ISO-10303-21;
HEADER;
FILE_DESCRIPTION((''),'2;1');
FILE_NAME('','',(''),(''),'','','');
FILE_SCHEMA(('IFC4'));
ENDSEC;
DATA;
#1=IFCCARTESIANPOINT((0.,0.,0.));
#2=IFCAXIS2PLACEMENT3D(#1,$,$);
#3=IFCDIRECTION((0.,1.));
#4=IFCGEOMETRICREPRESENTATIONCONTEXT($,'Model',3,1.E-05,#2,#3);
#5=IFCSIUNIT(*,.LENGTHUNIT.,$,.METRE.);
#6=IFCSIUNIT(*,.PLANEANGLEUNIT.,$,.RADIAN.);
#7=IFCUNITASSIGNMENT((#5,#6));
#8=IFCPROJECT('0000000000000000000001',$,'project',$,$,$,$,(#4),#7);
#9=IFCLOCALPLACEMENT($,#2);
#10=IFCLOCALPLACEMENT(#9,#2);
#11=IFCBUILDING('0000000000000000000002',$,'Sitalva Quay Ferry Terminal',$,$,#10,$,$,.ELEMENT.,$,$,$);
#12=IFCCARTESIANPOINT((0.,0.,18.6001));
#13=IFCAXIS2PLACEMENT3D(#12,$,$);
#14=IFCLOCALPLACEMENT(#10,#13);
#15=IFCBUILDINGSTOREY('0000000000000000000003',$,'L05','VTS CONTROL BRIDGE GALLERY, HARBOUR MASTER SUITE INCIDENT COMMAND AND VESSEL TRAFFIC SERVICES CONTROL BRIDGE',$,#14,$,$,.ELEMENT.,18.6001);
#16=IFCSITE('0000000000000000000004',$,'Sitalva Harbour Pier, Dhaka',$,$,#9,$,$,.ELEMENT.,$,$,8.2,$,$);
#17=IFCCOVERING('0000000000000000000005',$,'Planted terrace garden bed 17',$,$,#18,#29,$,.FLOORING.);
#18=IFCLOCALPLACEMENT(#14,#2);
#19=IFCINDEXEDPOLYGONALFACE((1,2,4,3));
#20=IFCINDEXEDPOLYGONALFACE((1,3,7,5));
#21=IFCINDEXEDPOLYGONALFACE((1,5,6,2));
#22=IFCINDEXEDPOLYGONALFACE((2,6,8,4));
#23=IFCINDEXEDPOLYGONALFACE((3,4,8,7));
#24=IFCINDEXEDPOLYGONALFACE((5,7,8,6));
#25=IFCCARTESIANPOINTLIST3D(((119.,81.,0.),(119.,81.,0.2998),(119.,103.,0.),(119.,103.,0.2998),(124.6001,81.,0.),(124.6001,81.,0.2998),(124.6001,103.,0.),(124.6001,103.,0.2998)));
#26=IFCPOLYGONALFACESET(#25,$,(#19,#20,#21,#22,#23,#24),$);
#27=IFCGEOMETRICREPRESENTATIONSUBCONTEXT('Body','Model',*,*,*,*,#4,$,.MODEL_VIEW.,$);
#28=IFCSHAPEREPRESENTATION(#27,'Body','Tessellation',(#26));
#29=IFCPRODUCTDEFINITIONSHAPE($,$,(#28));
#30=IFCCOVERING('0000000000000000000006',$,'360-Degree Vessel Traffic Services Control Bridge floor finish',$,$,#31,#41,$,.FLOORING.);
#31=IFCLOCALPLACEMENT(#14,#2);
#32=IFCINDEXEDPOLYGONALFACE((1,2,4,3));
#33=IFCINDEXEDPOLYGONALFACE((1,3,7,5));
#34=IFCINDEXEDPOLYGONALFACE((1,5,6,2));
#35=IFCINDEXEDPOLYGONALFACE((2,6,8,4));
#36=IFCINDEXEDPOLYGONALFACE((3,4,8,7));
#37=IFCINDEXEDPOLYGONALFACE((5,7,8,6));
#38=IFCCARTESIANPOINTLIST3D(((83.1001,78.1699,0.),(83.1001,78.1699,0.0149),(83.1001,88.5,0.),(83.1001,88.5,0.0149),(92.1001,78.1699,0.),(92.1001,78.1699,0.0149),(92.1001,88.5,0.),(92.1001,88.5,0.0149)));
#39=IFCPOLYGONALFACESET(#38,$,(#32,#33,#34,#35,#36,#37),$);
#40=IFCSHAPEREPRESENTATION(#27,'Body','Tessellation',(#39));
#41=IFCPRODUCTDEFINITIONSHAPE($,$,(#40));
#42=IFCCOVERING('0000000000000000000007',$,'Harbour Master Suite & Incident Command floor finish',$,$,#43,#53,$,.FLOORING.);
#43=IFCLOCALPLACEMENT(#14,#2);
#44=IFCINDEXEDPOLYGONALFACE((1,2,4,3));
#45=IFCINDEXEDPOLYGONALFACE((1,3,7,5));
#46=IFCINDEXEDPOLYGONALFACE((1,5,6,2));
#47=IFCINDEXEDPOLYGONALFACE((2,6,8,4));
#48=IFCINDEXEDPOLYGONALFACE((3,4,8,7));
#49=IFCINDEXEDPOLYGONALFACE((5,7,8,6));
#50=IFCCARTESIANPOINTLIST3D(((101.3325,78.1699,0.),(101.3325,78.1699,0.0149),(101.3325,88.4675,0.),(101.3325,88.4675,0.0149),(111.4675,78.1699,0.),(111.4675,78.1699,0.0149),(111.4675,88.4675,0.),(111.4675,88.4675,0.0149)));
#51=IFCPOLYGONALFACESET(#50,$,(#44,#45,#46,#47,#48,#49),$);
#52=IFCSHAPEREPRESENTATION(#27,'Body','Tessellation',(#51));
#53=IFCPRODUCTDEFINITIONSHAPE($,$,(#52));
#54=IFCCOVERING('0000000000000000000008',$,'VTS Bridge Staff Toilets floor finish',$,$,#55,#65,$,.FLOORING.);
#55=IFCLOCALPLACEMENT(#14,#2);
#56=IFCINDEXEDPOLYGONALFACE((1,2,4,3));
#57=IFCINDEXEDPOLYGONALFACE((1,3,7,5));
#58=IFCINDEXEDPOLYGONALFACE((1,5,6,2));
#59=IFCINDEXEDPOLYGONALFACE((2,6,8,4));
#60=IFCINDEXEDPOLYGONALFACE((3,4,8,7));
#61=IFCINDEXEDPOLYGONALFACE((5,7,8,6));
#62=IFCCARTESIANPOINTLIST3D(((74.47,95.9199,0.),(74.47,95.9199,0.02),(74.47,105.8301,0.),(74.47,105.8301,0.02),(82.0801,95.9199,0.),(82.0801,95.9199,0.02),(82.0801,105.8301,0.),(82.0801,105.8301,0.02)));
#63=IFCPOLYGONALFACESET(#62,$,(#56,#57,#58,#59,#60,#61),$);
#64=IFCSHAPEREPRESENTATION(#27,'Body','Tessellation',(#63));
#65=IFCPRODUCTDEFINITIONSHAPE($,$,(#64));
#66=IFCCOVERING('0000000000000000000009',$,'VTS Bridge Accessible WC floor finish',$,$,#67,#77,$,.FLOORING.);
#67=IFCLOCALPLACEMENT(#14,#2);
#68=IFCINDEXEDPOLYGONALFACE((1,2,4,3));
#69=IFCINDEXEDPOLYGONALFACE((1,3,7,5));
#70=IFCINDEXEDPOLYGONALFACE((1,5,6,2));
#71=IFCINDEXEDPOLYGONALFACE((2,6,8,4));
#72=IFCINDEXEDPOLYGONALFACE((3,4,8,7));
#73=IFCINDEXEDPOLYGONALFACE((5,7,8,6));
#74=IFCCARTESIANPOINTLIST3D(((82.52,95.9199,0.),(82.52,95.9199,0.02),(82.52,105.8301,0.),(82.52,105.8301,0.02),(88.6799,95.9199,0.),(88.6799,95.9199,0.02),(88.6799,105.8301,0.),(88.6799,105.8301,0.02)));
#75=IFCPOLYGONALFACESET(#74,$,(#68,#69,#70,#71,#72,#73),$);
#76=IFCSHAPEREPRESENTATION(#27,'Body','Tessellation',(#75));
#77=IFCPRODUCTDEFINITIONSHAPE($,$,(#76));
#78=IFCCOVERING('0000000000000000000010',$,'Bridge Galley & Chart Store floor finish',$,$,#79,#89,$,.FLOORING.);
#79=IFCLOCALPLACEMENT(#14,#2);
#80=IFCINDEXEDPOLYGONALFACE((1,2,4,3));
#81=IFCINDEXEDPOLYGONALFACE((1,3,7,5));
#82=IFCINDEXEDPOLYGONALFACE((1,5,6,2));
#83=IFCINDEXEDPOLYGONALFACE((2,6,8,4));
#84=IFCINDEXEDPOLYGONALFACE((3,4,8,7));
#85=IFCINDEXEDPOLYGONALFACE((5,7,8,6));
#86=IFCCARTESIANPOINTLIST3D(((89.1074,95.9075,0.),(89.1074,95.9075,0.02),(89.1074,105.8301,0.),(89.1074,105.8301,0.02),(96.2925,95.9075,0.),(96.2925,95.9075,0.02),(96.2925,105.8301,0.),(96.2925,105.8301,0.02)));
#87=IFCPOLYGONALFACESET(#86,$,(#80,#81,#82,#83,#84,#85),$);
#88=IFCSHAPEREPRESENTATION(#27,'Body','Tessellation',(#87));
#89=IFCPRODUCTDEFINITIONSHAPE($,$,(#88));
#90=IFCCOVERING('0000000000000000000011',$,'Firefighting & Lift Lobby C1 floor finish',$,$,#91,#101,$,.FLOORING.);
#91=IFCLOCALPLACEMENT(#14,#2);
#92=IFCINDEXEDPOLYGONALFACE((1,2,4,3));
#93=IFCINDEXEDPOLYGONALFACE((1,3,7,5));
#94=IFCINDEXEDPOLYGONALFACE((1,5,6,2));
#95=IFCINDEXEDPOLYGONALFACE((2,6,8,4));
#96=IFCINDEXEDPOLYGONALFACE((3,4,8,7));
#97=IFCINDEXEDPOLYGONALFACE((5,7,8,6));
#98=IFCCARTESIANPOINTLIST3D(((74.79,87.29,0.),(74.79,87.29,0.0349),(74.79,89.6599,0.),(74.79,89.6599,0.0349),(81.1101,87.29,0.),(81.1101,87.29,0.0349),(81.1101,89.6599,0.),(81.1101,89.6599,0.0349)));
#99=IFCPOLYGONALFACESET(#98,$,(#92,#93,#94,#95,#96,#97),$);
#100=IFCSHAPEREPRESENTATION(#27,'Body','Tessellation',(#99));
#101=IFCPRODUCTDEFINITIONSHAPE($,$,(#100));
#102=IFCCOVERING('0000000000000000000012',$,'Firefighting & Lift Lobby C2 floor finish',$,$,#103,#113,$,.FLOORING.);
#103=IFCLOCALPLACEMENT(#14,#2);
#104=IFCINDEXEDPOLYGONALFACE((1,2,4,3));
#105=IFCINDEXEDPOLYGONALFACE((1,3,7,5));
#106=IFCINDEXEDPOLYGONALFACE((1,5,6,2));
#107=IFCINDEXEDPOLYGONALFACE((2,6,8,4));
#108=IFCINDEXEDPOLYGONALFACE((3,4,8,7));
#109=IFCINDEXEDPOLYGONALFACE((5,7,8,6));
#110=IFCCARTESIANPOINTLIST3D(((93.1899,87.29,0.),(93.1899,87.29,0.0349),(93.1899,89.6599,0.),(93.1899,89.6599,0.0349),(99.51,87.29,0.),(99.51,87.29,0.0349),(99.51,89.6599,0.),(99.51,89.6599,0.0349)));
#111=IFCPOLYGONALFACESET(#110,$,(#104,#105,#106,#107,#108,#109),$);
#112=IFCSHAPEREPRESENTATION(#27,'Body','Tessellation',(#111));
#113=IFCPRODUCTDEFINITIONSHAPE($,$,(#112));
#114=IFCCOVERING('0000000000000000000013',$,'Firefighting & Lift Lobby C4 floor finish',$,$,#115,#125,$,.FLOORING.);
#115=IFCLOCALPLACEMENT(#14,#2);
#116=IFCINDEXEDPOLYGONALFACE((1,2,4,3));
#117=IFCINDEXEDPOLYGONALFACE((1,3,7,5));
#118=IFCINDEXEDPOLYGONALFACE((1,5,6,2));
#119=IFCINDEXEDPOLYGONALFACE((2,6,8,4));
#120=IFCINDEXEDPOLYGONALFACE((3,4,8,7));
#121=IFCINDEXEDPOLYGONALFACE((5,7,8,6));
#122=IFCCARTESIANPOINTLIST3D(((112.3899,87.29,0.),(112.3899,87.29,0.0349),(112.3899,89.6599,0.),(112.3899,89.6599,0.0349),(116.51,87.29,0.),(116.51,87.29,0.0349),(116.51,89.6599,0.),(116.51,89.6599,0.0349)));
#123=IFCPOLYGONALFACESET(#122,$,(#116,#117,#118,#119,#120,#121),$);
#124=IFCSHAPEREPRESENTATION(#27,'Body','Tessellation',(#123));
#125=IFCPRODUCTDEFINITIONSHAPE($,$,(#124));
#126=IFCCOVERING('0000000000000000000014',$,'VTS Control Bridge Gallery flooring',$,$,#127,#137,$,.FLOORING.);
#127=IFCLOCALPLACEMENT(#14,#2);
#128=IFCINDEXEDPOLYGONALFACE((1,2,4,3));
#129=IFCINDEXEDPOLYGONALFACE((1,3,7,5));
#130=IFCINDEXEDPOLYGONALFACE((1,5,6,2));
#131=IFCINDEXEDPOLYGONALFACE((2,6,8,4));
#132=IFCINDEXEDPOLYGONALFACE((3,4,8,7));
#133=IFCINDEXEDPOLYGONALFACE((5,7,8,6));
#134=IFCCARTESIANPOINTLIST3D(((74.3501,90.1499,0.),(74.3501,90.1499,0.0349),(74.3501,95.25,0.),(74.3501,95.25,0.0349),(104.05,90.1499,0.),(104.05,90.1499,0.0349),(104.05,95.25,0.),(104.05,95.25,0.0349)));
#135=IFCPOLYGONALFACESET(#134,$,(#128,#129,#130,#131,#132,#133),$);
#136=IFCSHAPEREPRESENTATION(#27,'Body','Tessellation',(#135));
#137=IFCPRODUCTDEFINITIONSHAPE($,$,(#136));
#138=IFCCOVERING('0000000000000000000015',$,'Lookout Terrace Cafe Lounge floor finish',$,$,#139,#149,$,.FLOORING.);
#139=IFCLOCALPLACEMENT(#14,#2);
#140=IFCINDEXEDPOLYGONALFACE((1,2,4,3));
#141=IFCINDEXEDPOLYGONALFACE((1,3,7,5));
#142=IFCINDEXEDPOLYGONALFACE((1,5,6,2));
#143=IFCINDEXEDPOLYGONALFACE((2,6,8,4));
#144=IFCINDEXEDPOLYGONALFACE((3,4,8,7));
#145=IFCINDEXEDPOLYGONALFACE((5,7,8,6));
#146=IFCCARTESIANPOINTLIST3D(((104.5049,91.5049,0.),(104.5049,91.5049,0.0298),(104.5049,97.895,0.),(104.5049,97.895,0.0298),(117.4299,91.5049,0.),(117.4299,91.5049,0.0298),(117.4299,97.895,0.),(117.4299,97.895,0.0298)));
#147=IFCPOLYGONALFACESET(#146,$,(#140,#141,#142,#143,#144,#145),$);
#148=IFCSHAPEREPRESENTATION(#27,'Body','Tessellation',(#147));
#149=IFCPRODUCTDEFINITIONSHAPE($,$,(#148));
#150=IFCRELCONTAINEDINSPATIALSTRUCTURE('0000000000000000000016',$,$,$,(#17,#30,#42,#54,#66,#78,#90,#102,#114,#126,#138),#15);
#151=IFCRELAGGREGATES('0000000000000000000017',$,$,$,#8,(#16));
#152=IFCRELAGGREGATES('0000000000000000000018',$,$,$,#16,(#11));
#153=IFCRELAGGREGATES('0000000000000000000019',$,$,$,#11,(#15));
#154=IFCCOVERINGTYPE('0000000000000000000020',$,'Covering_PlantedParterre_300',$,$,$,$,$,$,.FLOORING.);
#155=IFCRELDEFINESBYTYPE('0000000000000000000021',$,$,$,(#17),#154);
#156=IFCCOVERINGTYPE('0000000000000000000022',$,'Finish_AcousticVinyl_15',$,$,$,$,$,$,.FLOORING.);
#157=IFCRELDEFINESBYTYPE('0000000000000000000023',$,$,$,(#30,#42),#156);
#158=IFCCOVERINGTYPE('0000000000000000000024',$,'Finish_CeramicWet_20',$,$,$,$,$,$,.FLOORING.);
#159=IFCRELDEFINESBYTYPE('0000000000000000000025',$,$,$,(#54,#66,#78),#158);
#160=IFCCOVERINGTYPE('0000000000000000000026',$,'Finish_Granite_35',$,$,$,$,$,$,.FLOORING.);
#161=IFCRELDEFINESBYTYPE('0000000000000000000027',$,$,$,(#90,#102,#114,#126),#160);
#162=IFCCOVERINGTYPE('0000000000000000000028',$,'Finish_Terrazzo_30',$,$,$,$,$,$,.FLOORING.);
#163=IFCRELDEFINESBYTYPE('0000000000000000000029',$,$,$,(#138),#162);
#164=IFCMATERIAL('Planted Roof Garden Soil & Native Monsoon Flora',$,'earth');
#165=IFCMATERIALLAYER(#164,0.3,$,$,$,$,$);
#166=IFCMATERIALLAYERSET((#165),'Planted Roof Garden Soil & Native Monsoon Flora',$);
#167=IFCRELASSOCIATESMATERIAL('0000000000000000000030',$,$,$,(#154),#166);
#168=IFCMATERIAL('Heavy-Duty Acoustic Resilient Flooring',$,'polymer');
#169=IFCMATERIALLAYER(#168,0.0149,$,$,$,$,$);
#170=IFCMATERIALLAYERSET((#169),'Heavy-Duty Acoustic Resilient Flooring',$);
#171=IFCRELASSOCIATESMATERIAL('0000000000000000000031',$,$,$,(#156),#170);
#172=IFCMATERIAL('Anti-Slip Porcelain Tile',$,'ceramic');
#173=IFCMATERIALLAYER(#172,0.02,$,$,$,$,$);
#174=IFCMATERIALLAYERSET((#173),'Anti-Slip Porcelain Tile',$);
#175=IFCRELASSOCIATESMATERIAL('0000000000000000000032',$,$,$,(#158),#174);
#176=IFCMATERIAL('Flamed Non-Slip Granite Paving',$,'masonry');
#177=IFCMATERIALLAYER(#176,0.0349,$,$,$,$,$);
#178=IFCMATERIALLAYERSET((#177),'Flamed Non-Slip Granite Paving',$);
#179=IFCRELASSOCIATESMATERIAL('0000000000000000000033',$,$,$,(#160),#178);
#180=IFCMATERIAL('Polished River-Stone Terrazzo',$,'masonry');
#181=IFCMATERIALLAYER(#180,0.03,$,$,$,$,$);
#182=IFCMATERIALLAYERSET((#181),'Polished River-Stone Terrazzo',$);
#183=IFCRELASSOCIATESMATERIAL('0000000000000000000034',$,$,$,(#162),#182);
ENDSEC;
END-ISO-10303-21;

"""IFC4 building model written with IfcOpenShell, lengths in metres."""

from ifc_helpers import new_model, si_unit, direction, frame, origin, place, context, subcontext, project, spatial, polyline, outline, extrude, material, layer, layer_set, type_object, element, save


model = new_model("IFC4")

# Units and contexts
model_context = context("Model", 3, precision=1e-05, world=origin(), true_north=direction((0.0, 1.0)))
body_context = subcontext(model_context, "Body", "Model", "MODEL_VIEW")
ifc_project = project(units=[si_unit("LENGTHUNIT", "METRE"), si_unit("PLANEANGLEUNIT", "RADIAN")], contexts=[model_context])

# Site, building, storey
site_placement = place(None, origin())
site = spatial("IfcSite", under=ifc_project, at=site_placement, Name="Sitalva Harbour Pier, Dhaka", CompositionType="ELEMENT", RefElevation=8.2)
building_placement = place(site_placement, origin())
building = spatial("IfcBuilding", under=site, at=building_placement, Name="Sitalva Quay Ferry Terminal", CompositionType="ELEMENT")
storey_placement = place(building_placement, frame((0.0, 0.0, 18.6001)))
storey = spatial("IfcBuildingStorey", under=building, at=storey_placement, Name="L05", Description="VTS CONTROL BRIDGE GALLERY, HARBOUR MASTER SUITE INCIDENT COMMAND AND VESSEL TRAFFIC SERVICES CONTROL BRIDGE", CompositionType="ELEMENT", Elevation=18.6001)

# Coverings
ifc_material_1 = material(Name="Planted Roof Garden Soil & Native Monsoon Flora", Category="earth")
ifc_layer_1 = layer(ifc_material_1, 0.3)
ifc_layer_set_1 = layer_set([ifc_layer_1], Name="Planted Roof Garden Soil & Native Monsoon Flora")
covering_type_1 = type_object("IfcCoveringType", Name="Covering_PlantedParterre_300", PredefinedType="FLOORING", material=ifc_layer_set_1)
covering_1_placement = place(storey_placement, origin())
element("IfcCovering", 1, at=covering_1_placement, inside=storey, type_object=covering_type_1, Name="Planted terrace garden bed 17", PredefinedType="FLOORING", context=body_context, shape_type="SweptSolid", body=[
    extrude(outline(polyline([(119.0, 81.0), (124.6001, 81.0), (124.6001, 103.0), (119.0, 103.0), (119.0, 81.0)])), origin(), (0.0, 0.0, 1.0), 0.2998),
])
ifc_material_2 = material(Name="Heavy-Duty Acoustic Resilient Flooring", Category="polymer")
ifc_layer_2 = layer(ifc_material_2, 0.0149)
ifc_layer_set_2 = layer_set([ifc_layer_2], Name="Heavy-Duty Acoustic Resilient Flooring")
covering_type_2 = type_object("IfcCoveringType", Name="Finish_AcousticVinyl_15", PredefinedType="FLOORING", material=ifc_layer_set_2)
covering_2_placement = place(storey_placement, origin())
element("IfcCovering", 2, at=covering_2_placement, inside=storey, type_object=covering_type_2, Name="360-Degree Vessel Traffic Services Control Bridge floor finish", PredefinedType="FLOORING", context=body_context, shape_type="SweptSolid", body=[
    extrude(outline(polyline([(83.1001, 78.1699), (92.1001, 78.1699), (92.1001, 88.5), (83.1001, 88.5), (83.1001, 78.1699)])), origin(), (0.0, 0.0, 1.0), 0.0149),
])
covering_3_placement = place(storey_placement, origin())
element("IfcCovering", 3, at=covering_3_placement, inside=storey, type_object=covering_type_2, Name="Harbour Master Suite & Incident Command floor finish", PredefinedType="FLOORING", context=body_context, shape_type="SweptSolid", body=[
    extrude(outline(polyline([(101.3325, 78.1699), (111.4675, 78.1699), (111.4675, 88.4675), (101.3325, 88.4675), (101.3325, 78.1699)])), origin(), (0.0, 0.0, 1.0), 0.0149),
])
ifc_material_3 = material(Name="Anti-Slip Porcelain Tile", Category="ceramic")
ifc_layer_3 = layer(ifc_material_3, 0.02)
ifc_layer_set_3 = layer_set([ifc_layer_3], Name="Anti-Slip Porcelain Tile")
covering_type_3 = type_object("IfcCoveringType", Name="Finish_CeramicWet_20", PredefinedType="FLOORING", material=ifc_layer_set_3)
covering_4_placement = place(storey_placement, origin())
element("IfcCovering", 4, at=covering_4_placement, inside=storey, type_object=covering_type_3, Name="VTS Bridge Staff Toilets floor finish", PredefinedType="FLOORING", context=body_context, shape_type="SweptSolid", body=[
    extrude(outline(polyline([(74.47, 95.9199), (82.0801, 95.9199), (82.0801, 105.8301), (74.47, 105.8301), (74.47, 95.9199)])), origin(), (0.0, 0.0, 1.0), 0.02),
])
covering_5_placement = place(storey_placement, origin())
element("IfcCovering", 5, at=covering_5_placement, inside=storey, type_object=covering_type_3, Name="VTS Bridge Accessible WC floor finish", PredefinedType="FLOORING", context=body_context, shape_type="SweptSolid", body=[
    extrude(outline(polyline([(82.52, 95.9199), (88.6799, 95.9199), (88.6799, 105.8301), (82.52, 105.8301), (82.52, 95.9199)])), origin(), (0.0, 0.0, 1.0), 0.02),
])
covering_6_placement = place(storey_placement, origin())
element("IfcCovering", 6, at=covering_6_placement, inside=storey, type_object=covering_type_3, Name="Bridge Galley & Chart Store floor finish", PredefinedType="FLOORING", context=body_context, shape_type="SweptSolid", body=[
    extrude(outline(polyline([(89.1074, 95.9075), (96.2925, 95.9075), (96.2925, 105.8301), (89.1074, 105.8301), (89.1074, 95.9075)])), origin(), (0.0, 0.0, 1.0), 0.02),
])
ifc_material_4 = material(Name="Flamed Non-Slip Granite Paving", Category="masonry")
ifc_layer_4 = layer(ifc_material_4, 0.0349)
ifc_layer_set_4 = layer_set([ifc_layer_4], Name="Flamed Non-Slip Granite Paving")
covering_type_4 = type_object("IfcCoveringType", Name="Finish_Granite_35", PredefinedType="FLOORING", material=ifc_layer_set_4)
covering_7_placement = place(storey_placement, origin())
element("IfcCovering", 7, at=covering_7_placement, inside=storey, type_object=covering_type_4, Name="Firefighting & Lift Lobby C1 floor finish", PredefinedType="FLOORING", context=body_context, shape_type="SweptSolid", body=[
    extrude(outline(polyline([(74.79, 87.29), (81.1101, 87.29), (81.1101, 89.6599), (74.79, 89.6599), (74.79, 87.29)])), origin(), (0.0, 0.0, 1.0), 0.0349),
])
covering_8_placement = place(storey_placement, origin())
element("IfcCovering", 8, at=covering_8_placement, inside=storey, type_object=covering_type_4, Name="Firefighting & Lift Lobby C2 floor finish", PredefinedType="FLOORING", context=body_context, shape_type="SweptSolid", body=[
    extrude(outline(polyline([(93.1899, 87.29), (99.51, 87.29), (99.51, 89.6599), (93.1899, 89.6599), (93.1899, 87.29)])), origin(), (0.0, 0.0, 1.0), 0.0349),
])
covering_9_placement = place(storey_placement, origin())
element("IfcCovering", 9, at=covering_9_placement, inside=storey, type_object=covering_type_4, Name="Firefighting & Lift Lobby C4 floor finish", PredefinedType="FLOORING", context=body_context, shape_type="SweptSolid", body=[
    extrude(outline(polyline([(112.3899, 87.29), (116.51, 87.29), (116.51, 89.6599), (112.3899, 89.6599), (112.3899, 87.29)])), origin(), (0.0, 0.0, 1.0), 0.0349),
])
covering_10_placement = place(storey_placement, origin())
element("IfcCovering", 10, at=covering_10_placement, inside=storey, type_object=covering_type_4, Name="VTS Control Bridge Gallery flooring", PredefinedType="FLOORING", context=body_context, shape_type="SweptSolid", body=[
    extrude(outline(polyline([(74.3501, 90.1499), (104.05, 90.1499), (104.05, 95.25), (74.3501, 95.25), (74.3501, 90.1499)])), origin(), (0.0, 0.0, 1.0), 0.0349),
])
ifc_material_5 = material(Name="Polished River-Stone Terrazzo", Category="masonry")
ifc_layer_5 = layer(ifc_material_5, 0.03)
ifc_layer_set_5 = layer_set([ifc_layer_5], Name="Polished River-Stone Terrazzo")
covering_type_5 = type_object("IfcCoveringType", Name="Finish_Terrazzo_30", PredefinedType="FLOORING", material=ifc_layer_set_5)
covering_11_placement = place(storey_placement, origin())
element("IfcCovering", 11, at=covering_11_placement, inside=storey, type_object=covering_type_5, Name="Lookout Terrace Cafe Lounge floor finish", PredefinedType="FLOORING", context=body_context, shape_type="SweptSolid", body=[
    extrude(outline(polyline([(104.5049, 91.5049), (117.4299, 91.5049), (117.4299, 97.895), (104.5049, 97.895), (104.5049, 91.5049)])), origin(), (0.0, 0.0, 1.0), 0.0298),
])

save(model, "model.ifc")
